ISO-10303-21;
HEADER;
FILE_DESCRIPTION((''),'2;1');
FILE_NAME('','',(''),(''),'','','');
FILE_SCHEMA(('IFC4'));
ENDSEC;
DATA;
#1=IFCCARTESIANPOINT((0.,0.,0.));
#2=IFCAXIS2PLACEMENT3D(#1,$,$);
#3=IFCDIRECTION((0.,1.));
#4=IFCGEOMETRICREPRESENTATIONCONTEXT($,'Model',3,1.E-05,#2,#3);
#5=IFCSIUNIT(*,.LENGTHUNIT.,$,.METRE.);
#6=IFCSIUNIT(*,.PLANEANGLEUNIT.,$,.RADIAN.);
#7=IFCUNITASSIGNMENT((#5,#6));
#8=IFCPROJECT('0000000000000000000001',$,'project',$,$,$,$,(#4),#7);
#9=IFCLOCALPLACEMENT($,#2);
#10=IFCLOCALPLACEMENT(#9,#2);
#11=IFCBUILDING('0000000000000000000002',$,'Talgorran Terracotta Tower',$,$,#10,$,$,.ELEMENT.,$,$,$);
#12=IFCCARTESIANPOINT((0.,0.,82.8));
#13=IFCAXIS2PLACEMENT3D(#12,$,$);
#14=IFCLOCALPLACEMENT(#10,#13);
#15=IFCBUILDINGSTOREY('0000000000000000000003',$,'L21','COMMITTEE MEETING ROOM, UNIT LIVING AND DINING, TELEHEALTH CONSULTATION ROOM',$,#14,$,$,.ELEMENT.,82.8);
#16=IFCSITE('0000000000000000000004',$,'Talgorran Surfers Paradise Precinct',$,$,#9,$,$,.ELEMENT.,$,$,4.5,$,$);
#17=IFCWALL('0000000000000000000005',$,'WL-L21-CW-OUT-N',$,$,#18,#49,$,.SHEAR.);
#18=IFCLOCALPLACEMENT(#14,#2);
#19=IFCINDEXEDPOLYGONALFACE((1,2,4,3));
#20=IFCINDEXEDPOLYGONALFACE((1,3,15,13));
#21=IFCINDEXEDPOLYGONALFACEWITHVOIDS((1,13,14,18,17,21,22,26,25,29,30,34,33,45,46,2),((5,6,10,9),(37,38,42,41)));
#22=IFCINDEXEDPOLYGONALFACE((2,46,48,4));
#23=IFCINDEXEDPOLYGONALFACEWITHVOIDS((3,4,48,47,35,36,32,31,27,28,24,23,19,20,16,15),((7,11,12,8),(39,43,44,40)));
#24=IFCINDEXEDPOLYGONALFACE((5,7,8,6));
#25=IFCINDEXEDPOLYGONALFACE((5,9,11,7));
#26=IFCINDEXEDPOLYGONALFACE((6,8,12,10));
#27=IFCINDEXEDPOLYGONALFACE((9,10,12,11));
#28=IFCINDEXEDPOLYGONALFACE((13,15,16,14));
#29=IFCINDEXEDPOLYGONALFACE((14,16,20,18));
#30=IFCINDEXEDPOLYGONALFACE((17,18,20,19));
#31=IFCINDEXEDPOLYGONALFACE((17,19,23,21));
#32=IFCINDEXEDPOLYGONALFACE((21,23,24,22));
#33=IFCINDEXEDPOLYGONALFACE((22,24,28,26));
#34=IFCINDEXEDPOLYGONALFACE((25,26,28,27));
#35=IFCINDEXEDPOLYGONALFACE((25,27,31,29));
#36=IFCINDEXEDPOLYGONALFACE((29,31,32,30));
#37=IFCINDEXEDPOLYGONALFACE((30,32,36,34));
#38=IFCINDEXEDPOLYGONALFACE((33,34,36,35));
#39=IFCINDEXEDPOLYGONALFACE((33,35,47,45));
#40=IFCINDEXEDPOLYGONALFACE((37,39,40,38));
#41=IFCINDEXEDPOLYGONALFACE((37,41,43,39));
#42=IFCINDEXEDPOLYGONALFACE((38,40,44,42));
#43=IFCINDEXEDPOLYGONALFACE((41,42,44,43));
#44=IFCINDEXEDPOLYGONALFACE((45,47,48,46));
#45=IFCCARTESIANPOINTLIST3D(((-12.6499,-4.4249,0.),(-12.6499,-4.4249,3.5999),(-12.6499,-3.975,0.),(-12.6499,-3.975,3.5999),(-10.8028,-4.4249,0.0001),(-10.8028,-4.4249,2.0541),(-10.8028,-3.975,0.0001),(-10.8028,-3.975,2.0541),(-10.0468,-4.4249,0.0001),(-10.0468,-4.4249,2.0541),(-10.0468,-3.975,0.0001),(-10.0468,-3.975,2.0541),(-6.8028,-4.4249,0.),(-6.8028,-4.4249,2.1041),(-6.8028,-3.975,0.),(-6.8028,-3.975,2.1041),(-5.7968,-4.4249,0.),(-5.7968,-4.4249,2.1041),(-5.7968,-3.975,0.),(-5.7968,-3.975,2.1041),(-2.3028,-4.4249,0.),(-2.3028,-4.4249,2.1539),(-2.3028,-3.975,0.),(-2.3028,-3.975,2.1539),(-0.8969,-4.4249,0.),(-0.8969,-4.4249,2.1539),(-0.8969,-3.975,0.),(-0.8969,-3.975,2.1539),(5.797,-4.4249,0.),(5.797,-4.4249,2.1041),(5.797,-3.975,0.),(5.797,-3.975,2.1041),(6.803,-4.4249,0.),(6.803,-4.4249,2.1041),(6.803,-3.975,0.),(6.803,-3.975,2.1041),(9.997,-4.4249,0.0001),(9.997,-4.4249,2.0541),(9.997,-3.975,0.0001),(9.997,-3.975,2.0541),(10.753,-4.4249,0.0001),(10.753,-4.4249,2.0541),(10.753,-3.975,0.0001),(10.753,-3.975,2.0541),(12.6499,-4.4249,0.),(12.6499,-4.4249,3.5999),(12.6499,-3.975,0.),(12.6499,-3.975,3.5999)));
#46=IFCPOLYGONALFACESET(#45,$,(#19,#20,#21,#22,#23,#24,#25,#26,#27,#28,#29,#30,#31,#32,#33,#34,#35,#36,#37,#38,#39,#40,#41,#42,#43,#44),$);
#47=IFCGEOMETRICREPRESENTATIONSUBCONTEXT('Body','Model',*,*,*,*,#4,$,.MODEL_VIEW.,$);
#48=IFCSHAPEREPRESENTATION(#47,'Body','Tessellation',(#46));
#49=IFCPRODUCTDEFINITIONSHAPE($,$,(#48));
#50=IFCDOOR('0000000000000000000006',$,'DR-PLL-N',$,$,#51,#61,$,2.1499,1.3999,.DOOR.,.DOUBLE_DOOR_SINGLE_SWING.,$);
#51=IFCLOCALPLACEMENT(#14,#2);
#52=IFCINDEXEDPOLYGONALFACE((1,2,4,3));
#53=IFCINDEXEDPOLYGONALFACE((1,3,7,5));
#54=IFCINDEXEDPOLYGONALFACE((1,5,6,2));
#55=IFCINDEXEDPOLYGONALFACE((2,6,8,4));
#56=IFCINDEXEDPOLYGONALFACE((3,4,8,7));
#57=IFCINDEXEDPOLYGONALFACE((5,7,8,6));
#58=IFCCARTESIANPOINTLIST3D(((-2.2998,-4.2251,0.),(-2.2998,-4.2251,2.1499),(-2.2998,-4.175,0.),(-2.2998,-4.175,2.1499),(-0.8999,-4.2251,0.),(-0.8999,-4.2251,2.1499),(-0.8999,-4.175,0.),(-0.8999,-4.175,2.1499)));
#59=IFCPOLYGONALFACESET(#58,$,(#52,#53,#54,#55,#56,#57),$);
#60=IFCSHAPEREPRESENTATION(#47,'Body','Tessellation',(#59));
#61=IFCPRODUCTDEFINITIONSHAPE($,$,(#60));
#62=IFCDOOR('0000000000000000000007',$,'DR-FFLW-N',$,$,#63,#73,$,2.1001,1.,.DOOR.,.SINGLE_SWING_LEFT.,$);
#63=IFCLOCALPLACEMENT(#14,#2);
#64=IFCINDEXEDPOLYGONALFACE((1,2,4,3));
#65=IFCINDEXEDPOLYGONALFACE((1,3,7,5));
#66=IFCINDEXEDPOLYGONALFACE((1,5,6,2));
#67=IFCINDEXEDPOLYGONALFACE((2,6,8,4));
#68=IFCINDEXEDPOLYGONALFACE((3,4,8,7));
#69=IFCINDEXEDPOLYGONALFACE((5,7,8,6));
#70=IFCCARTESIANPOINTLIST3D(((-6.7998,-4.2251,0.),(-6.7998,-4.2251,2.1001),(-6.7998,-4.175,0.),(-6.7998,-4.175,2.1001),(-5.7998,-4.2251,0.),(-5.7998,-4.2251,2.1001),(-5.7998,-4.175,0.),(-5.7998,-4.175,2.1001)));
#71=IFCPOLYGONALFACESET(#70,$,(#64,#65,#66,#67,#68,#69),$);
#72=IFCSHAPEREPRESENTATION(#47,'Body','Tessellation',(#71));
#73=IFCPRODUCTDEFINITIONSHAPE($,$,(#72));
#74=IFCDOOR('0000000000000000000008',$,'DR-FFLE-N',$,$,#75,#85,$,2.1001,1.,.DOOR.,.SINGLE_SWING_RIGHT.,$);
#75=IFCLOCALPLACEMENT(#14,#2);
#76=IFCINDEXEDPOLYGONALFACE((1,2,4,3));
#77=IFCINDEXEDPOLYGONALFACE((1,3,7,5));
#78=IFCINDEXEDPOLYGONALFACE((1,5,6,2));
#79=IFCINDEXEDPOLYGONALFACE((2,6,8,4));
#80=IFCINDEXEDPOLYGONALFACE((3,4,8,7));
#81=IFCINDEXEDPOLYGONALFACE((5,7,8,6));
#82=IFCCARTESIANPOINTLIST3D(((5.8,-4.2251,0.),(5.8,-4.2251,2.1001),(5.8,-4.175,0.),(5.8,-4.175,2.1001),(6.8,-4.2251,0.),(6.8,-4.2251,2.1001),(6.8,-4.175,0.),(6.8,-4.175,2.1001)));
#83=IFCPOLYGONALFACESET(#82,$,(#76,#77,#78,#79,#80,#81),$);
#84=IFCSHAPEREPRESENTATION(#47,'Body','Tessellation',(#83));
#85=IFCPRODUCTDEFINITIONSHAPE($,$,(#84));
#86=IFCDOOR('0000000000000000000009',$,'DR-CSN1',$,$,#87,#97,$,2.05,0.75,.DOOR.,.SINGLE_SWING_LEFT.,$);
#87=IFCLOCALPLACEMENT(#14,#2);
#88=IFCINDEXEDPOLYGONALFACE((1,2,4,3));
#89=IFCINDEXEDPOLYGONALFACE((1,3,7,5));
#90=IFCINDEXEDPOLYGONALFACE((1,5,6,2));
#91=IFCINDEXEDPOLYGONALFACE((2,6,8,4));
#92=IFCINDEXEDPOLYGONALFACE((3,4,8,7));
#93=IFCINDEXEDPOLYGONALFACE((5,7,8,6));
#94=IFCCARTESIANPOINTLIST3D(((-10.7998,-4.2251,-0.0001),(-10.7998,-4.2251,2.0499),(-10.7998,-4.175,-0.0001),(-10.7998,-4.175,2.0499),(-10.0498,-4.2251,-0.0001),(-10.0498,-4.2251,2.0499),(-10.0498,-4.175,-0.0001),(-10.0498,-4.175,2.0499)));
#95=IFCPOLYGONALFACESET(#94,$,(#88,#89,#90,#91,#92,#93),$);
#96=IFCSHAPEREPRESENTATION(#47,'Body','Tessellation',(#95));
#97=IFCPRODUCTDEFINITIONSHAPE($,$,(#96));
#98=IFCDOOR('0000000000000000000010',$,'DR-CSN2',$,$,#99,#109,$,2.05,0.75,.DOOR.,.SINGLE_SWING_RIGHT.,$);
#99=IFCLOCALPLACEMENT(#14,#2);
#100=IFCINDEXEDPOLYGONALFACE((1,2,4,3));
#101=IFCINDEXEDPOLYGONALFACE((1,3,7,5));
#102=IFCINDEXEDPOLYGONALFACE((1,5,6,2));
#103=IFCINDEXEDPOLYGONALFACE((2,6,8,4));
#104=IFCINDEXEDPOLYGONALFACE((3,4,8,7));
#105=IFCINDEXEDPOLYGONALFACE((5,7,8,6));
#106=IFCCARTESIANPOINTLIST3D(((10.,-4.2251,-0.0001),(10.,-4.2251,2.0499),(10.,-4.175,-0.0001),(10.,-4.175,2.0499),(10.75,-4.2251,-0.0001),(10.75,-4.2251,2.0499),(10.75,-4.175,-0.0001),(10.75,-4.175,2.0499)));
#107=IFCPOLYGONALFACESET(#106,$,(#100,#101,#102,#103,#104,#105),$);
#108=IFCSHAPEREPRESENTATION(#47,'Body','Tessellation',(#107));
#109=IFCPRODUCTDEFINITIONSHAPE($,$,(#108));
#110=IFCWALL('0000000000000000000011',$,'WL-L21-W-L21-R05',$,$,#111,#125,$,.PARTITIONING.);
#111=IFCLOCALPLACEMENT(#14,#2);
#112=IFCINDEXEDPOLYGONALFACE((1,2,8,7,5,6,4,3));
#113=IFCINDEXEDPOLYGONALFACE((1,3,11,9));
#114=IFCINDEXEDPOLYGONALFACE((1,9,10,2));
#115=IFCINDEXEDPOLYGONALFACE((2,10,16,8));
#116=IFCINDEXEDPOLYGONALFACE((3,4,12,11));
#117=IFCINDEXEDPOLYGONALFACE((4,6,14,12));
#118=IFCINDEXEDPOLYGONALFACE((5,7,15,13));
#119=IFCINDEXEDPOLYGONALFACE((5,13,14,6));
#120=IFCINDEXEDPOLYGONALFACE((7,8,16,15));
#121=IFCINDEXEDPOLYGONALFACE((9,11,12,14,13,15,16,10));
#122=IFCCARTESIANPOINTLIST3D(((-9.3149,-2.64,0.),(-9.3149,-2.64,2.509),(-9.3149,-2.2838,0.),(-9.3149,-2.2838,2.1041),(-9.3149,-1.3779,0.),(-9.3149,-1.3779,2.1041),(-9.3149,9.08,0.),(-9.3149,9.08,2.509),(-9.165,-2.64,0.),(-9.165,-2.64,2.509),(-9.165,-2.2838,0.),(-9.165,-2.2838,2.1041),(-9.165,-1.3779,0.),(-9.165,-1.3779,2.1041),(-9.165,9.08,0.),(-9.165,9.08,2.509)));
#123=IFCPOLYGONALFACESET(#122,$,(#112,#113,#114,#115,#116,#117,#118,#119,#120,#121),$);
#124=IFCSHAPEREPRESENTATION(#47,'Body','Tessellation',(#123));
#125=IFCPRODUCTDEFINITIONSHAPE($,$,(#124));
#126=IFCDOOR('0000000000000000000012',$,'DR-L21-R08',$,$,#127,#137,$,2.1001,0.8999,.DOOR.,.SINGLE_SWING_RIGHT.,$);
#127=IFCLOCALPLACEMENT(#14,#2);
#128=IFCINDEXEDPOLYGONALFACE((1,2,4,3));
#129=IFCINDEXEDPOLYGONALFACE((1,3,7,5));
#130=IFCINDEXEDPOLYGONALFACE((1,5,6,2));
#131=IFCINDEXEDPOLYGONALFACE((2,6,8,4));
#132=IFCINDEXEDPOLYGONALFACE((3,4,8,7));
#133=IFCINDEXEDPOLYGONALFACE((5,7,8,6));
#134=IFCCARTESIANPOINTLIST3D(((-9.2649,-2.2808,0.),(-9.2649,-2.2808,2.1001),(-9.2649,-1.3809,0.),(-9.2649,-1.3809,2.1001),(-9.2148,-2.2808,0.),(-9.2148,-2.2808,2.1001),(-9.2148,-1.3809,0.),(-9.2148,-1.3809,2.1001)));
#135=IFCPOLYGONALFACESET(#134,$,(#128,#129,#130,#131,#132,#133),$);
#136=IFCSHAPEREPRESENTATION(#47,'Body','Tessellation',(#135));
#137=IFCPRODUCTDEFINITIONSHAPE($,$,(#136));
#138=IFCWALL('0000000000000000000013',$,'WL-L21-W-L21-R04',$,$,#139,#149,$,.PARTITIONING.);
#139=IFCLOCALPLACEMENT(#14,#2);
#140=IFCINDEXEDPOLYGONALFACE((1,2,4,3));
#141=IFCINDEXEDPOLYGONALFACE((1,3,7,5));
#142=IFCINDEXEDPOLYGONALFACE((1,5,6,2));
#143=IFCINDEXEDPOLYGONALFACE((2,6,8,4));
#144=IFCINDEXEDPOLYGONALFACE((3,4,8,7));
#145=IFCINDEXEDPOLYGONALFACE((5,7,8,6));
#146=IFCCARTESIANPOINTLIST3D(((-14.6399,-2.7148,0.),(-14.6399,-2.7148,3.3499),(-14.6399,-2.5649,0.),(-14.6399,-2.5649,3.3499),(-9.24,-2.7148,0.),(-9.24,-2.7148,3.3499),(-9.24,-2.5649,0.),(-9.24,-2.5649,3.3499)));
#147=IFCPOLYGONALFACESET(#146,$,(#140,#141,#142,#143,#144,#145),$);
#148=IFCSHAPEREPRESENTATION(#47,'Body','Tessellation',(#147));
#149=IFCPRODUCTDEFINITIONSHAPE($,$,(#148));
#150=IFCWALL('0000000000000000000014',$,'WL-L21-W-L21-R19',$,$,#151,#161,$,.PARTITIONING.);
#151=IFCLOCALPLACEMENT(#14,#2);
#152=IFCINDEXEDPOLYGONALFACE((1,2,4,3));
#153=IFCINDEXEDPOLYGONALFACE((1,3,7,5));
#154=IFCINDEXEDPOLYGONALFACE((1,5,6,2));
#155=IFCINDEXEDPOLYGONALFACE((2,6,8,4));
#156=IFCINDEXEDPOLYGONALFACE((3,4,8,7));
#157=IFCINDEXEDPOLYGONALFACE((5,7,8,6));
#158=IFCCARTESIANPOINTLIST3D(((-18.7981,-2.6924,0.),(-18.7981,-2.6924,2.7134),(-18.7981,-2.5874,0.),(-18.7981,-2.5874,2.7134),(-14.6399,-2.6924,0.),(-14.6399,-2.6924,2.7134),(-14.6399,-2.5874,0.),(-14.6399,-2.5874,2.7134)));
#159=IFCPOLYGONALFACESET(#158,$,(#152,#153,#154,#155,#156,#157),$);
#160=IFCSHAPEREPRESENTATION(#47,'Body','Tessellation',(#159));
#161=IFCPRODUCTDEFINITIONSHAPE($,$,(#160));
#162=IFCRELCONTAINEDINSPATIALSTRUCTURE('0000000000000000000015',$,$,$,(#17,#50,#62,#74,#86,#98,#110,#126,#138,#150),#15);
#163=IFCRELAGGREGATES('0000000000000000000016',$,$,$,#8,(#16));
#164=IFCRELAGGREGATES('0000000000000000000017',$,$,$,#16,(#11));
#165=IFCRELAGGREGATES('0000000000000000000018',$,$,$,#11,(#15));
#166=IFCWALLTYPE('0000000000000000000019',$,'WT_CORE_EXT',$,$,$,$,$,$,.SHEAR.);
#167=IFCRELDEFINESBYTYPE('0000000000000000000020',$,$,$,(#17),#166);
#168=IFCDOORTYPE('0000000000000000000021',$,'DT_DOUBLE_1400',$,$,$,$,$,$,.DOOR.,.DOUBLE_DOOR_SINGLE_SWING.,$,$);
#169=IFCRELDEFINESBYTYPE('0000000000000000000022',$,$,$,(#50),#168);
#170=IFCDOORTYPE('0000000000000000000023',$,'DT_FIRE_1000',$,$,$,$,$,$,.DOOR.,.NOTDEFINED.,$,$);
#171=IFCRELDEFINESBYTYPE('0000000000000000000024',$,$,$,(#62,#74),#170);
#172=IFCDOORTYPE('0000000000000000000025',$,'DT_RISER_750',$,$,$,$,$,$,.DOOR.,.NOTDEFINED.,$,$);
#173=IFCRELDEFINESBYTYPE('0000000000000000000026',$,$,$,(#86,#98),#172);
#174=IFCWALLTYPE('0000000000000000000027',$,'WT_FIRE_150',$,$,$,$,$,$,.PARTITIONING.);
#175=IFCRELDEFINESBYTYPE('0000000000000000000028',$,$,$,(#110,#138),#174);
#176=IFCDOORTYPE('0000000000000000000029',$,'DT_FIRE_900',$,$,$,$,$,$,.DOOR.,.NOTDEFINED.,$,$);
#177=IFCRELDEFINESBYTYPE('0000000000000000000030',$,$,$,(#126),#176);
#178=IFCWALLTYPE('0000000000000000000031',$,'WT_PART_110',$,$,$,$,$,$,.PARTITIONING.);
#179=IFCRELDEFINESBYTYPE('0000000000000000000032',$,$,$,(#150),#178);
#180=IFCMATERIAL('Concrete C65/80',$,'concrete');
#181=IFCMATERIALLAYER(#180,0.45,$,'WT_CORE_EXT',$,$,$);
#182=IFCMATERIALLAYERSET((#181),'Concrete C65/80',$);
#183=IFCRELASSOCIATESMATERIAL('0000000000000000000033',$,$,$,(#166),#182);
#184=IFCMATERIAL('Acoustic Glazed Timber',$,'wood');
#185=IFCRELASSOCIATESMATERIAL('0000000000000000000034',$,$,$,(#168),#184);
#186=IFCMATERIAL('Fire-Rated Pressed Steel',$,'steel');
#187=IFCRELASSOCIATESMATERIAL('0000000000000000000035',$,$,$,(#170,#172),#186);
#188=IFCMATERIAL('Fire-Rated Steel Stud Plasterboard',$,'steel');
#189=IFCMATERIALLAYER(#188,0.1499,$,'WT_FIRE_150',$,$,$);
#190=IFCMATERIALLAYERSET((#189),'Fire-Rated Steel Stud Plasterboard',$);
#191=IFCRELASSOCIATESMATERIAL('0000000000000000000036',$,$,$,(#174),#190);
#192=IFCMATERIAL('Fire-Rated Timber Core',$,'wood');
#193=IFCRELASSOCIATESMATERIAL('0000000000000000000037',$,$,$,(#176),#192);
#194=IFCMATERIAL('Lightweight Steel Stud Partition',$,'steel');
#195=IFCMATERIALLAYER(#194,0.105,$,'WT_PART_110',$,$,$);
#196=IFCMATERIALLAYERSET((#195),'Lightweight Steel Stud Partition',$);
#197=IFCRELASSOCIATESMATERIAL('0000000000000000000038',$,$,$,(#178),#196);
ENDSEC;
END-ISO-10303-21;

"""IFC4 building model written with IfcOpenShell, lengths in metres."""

from ifc_helpers import new_model, si_unit, direction, frame, frame_2d, origin, place, context, subcontext, project, spatial, rectangle, extrude, material, layer, layer_set, type_object, element, fill, save


model = new_model("IFC4")

# Units and contexts
model_context = context("Model", 3, precision=1e-05, world=origin(), true_north=direction((0.0, 1.0)))
body_context = subcontext(model_context, "Body", "Model", "MODEL_VIEW")
ifc_project = project(units=[si_unit("LENGTHUNIT", "METRE"), si_unit("PLANEANGLEUNIT", "RADIAN")], contexts=[model_context])

# Site, building, storey
site_placement = place(None, origin())
site = spatial("IfcSite", under=ifc_project, at=site_placement, Name="Talgorran Surfers Paradise Precinct", CompositionType="ELEMENT", RefElevation=4.5)
building_placement = place(site_placement, origin())
building = spatial("IfcBuilding", under=site, at=building_placement, Name="Talgorran Terracotta Tower", CompositionType="ELEMENT")
storey_placement = place(building_placement, frame((0.0, 0.0, 82.8)))
storey = spatial("IfcBuildingStorey", under=building, at=storey_placement, Name="L21", Description="COMMITTEE MEETING ROOM, UNIT LIVING AND DINING, TELEHEALTH CONSULTATION ROOM", CompositionType="ELEMENT", Elevation=82.8)

# Wall, openings, doors
ifc_material_1 = material(Name="Concrete C65/80", Category="concrete")
ifc_layer_1 = layer(ifc_material_1, 0.45, Name="WT_CORE_EXT")
ifc_layer_set_1 = layer_set([ifc_layer_1], Name="Concrete C65/80")
wall_type_1 = type_object("IfcWallType", Name="WT_CORE_EXT", PredefinedType="SHEAR", material=ifc_layer_set_1)
wall_1_placement = place(storey_placement, frame((-12.6499, -4.2, 0.0), z_axis=(0.0, 0.0, 1.0), x_axis=(1.0, 0.0, 0.0)))
wall_1 = element("IfcWall", 1, at=wall_1_placement, inside=storey, type_object=wall_type_1, Name="WL-L21-CW-OUT-N", PredefinedType="SHEAR", context=body_context, shape_type="SweptSolid", body=[
    extrude(rectangle(XDim=25.2998, YDim=0.45, at=frame_2d((12.6499, 0.0))), origin(), (0.0, 0.0, 1.0), 3.5999),
])
opening_1_placement = place(wall_1_placement, frame((1.8501, 0.0, 0.0)))
opening_1 = element("IfcOpeningElement", 2, at=opening_1_placement, cuts=wall_1, PredefinedType="OPENING", context=body_context, shape_type="SweptSolid", body=[
    extrude(rectangle(XDim=0.756, YDim=2.054, at=frame_2d((0.375, 1.0271))), frame((0.0, 0.2349, 0.0), z_axis=(0.0, -1.0, 0.0), x_axis=(1.0, 0.0, 0.0)), (0.0, 0.0, 1.0), 0.47),
])
opening_2_placement = place(wall_1_placement, frame((22.6499, 0.0, 0.0)))
opening_2 = element("IfcOpeningElement", 3, at=opening_2_placement, cuts=wall_1, PredefinedType="OPENING", context=body_context, shape_type="SweptSolid", body=[
    extrude(rectangle(XDim=0.756, YDim=2.054, at=frame_2d((0.375, 1.0271))), frame((0.0, 0.2349, 0.0), z_axis=(0.0, -1.0, 0.0), x_axis=(1.0, 0.0, 0.0)), (0.0, 0.0, 1.0), 0.47),
])
opening_3_placement = place(wall_1_placement, frame((5.8501, 0.0, 0.0)))
opening_3 = element("IfcOpeningElement", 4, at=opening_3_placement, cuts=wall_1, PredefinedType="OPENING", context=body_context, shape_type="SweptSolid", body=[
    extrude(rectangle(XDim=1.006, YDim=2.1041, at=frame_2d((0.5, 1.052))), frame((0.0, 0.2349, 0.0), z_axis=(0.0, -1.0, 0.0), x_axis=(1.0, 0.0, 0.0)), (0.0, 0.0, 1.0), 0.47),
])
opening_4_placement = place(wall_1_placement, frame((10.3501, 0.0, 0.0)))
opening_4 = element("IfcOpeningElement", 5, at=opening_4_placement, cuts=wall_1, PredefinedType="OPENING", context=body_context, shape_type="SweptSolid", body=[
    extrude(rectangle(XDim=1.4059, YDim=2.1539, at=frame_2d((0.7, 1.0769))), frame((0.0, 0.2349, 0.0), z_axis=(0.0, -1.0, 0.0), x_axis=(1.0, 0.0, 0.0)), (0.0, 0.0, 1.0), 0.47),
])
opening_5_placement = place(wall_1_placement, frame((18.45, 0.0, 0.0)))
opening_5 = element("IfcOpeningElement", 6, at=opening_5_placement, cuts=wall_1, PredefinedType="OPENING", context=body_context, shape_type="SweptSolid", body=[
    extrude(rectangle(XDim=1.006, YDim=2.1041, at=frame_2d((0.5, 1.052))), frame((0.0, 0.2349, 0.0), z_axis=(0.0, -1.0, 0.0), x_axis=(1.0, 0.0, 0.0)), (0.0, 0.0, 1.0), 0.47),
])
ifc_material_2 = material(Name="Acoustic Glazed Timber", Category="wood")
door_type_1 = type_object("IfcDoorType", Name="DT_DOUBLE_1400", OperationType="DOUBLE_DOOR_SINGLE_SWING", PredefinedType="DOOR", material=ifc_material_2)
door_1_placement = place(opening_4_placement, origin())
door_1 = element("IfcDoor", 7, at=door_1_placement, inside=storey, type_object=door_type_1, Name="DR-PLL-N", OperationType="DOUBLE_DOOR_SINGLE_SWING", OverallHeight=2.1499, OverallWidth=1.3999, PredefinedType="DOOR", context=body_context, shape_type="SweptSolid", body=[
    extrude(rectangle(XDim=1.3999, YDim=2.1499, at=frame_2d((0.7, 1.075))), frame((0.0, 0.0249, 0.0), z_axis=(0.0, -1.0, 0.0), x_axis=(1.0, 0.0, 0.0)), (0.0, 0.0, 1.0), 0.05),
])
fill(opening_4, door_1)
ifc_material_3 = material(Name="Fire-Rated Pressed Steel", Category="steel")
door_type_2 = type_object("IfcDoorType", Name="DT_FIRE_1000", OperationType="NOTDEFINED", PredefinedType="DOOR", material=ifc_material_3)
door_2_placement = place(opening_3_placement, origin())
door_2 = element("IfcDoor", 8, at=door_2_placement, inside=storey, type_object=door_type_2, Name="DR-FFLW-N", OperationType="SINGLE_SWING_LEFT", OverallHeight=2.1001, OverallWidth=1.0, PredefinedType="DOOR", context=body_context, shape_type="SweptSolid", body=[
    extrude(rectangle(XDim=1.0, YDim=2.1001, at=frame_2d((0.5, 1.05))), frame((0.0, 0.0249, 0.0), z_axis=(0.0, -1.0, 0.0), x_axis=(1.0, 0.0, 0.0)), (0.0, 0.0, 1.0), 0.05),
])
fill(opening_3, door_2)
door_3_placement = place(opening_5_placement, origin())
door_3 = element("IfcDoor", 9, at=door_3_placement, inside=storey, type_object=door_type_2, Name="DR-FFLE-N", OperationType="SINGLE_SWING_RIGHT", OverallHeight=2.1001, OverallWidth=1.0, PredefinedType="DOOR", context=body_context, shape_type="SweptSolid", body=[
    extrude(rectangle(XDim=1.0, YDim=2.1001, at=frame_2d((0.5, 1.05))), frame((0.0, 0.0249, 0.0), z_axis=(0.0, -1.0, 0.0), x_axis=(1.0, 0.0, 0.0)), (0.0, 0.0, 1.0), 0.05),
])
fill(opening_5, door_3)
door_type_3 = type_object("IfcDoorType", Name="DT_RISER_750", OperationType="NOTDEFINED", PredefinedType="DOOR", material=ifc_material_3)
door_4_placement = place(opening_1_placement, origin())
door_4 = element("IfcDoor", 10, at=door_4_placement, inside=storey, type_object=door_type_3, Name="DR-CSN1", OperationType="SINGLE_SWING_LEFT", OverallHeight=2.05, OverallWidth=0.75, PredefinedType="DOOR", context=body_context, shape_type="SweptSolid", body=[
    extrude(rectangle(XDim=0.75, YDim=2.05, at=frame_2d((0.375, 1.0249))), frame((0.0, 0.0249, 0.0), z_axis=(0.0, -1.0, 0.0), x_axis=(1.0, 0.0, 0.0)), (0.0, 0.0, 1.0), 0.05),
])
fill(opening_1, door_4)
door_5_placement = place(opening_2_placement, origin())
door_5 = element("IfcDoor", 11, at=door_5_placement, inside=storey, type_object=door_type_3, Name="DR-CSN2", OperationType="SINGLE_SWING_RIGHT", OverallHeight=2.05, OverallWidth=0.75, PredefinedType="DOOR", context=body_context, shape_type="SweptSolid", body=[
    extrude(rectangle(XDim=0.75, YDim=2.05, at=frame_2d((0.375, 1.0249))), frame((0.0, 0.0249, 0.0), z_axis=(0.0, -1.0, 0.0), x_axis=(1.0, 0.0, 0.0)), (0.0, 0.0, 1.0), 0.05),
])
fill(opening_2, door_5)

# Wall, opening, door
ifc_material_4 = material(Name="Fire-Rated Steel Stud Plasterboard", Category="steel")
ifc_layer_2 = layer(ifc_material_4, 0.1499, Name="WT_FIRE_150")
ifc_layer_set_2 = layer_set([ifc_layer_2], Name="Fire-Rated Steel Stud Plasterboard")
wall_type_2 = type_object("IfcWallType", Name="WT_FIRE_150", PredefinedType="PARTITIONING", material=ifc_layer_set_2)
wall_2_placement = place(storey_placement, frame((-9.24, -2.6399, 0.0), z_axis=(0.0, 0.0, 1.0), x_axis=(0.0, 1.0, 0.0)))
wall_2 = element("IfcWall", 12, at=wall_2_placement, inside=storey, type_object=wall_type_2, Name="WL-L21-W-L21-R05", PredefinedType="PARTITIONING", context=body_context, shape_type="SweptSolid", body=[
    extrude(rectangle(XDim=11.72, YDim=0.1499, at=frame_2d((5.8599, 0.0))), origin(), (0.0, 0.0, 1.0), 2.509),
])
opening_6_placement = place(wall_2_placement, frame((0.3591, 0.0, 0.0)))
opening_6 = element("IfcOpeningElement", 13, at=opening_6_placement, cuts=wall_2, PredefinedType="OPENING", context=body_context, shape_type="SweptSolid", body=[
    extrude(rectangle(XDim=0.9059, YDim=2.1041, at=frame_2d((0.45, 1.052))), frame((0.0, 0.085, 0.0), z_axis=(0.0, -1.0, 0.0), x_axis=(1.0, 0.0, 0.0)), (0.0, 0.0, 1.0), 0.1699),
])
ifc_material_5 = material(Name="Fire-Rated Timber Core", Category="wood")
door_type_4 = type_object("IfcDoorType", Name="DT_FIRE_900", OperationType="NOTDEFINED", PredefinedType="DOOR", material=ifc_material_5)
door_6_placement = place(opening_6_placement, origin())
door_6 = element("IfcDoor", 14, at=door_6_placement, inside=storey, type_object=door_type_4, Name="DR-L21-R08", OperationType="SINGLE_SWING_RIGHT", OverallHeight=2.1001, OverallWidth=0.8999, PredefinedType="DOOR", context=body_context, shape_type="SweptSolid", body=[
    extrude(rectangle(XDim=0.8999, YDim=2.1001, at=frame_2d((0.45, 1.05))), frame((0.0, 0.0249, 0.0), z_axis=(0.0, -1.0, 0.0), x_axis=(1.0, 0.0, 0.0)), (0.0, 0.0, 1.0), 0.05),
])
fill(opening_6, door_6)

# Walls
wall_3_placement = place(storey_placement, frame((-14.6399, -2.6399, 0.0), z_axis=(0.0, 0.0, 1.0), x_axis=(1.0, 0.0, 0.0)))
element("IfcWall", 15, at=wall_3_placement, inside=storey, type_object=wall_type_2, Name="WL-L21-W-L21-R04", PredefinedType="PARTITIONING", context=body_context, shape_type="SweptSolid", body=[
    extrude(rectangle(XDim=5.3999, YDim=0.1499, at=frame_2d((2.7, 0.0))), origin(), (0.0, 0.0, 1.0), 3.3499),
])
ifc_material_6 = material(Name="Lightweight Steel Stud Partition", Category="steel")
ifc_layer_3 = layer(ifc_material_6, 0.105, Name="WT_PART_110")
ifc_layer_set_3 = layer_set([ifc_layer_3], Name="Lightweight Steel Stud Partition")
wall_type_3 = type_object("IfcWallType", Name="WT_PART_110", PredefinedType="PARTITIONING", material=ifc_layer_set_3)
wall_4_placement = place(storey_placement, frame((-18.7981, -2.6399, 0.0), z_axis=(0.0, 0.0, 1.0), x_axis=(1.0, 0.0, 0.0)))
element("IfcWall", 16, at=wall_4_placement, inside=storey, type_object=wall_type_3, Name="WL-L21-W-L21-R19", PredefinedType="PARTITIONING", context=body_context, shape_type="SweptSolid", body=[
    extrude(rectangle(XDim=4.1582, YDim=0.105, at=frame_2d((2.0791, 0.0))), origin(), (0.0, 0.0, 1.0), 2.7134),
])

save(model, "model.ifc")
